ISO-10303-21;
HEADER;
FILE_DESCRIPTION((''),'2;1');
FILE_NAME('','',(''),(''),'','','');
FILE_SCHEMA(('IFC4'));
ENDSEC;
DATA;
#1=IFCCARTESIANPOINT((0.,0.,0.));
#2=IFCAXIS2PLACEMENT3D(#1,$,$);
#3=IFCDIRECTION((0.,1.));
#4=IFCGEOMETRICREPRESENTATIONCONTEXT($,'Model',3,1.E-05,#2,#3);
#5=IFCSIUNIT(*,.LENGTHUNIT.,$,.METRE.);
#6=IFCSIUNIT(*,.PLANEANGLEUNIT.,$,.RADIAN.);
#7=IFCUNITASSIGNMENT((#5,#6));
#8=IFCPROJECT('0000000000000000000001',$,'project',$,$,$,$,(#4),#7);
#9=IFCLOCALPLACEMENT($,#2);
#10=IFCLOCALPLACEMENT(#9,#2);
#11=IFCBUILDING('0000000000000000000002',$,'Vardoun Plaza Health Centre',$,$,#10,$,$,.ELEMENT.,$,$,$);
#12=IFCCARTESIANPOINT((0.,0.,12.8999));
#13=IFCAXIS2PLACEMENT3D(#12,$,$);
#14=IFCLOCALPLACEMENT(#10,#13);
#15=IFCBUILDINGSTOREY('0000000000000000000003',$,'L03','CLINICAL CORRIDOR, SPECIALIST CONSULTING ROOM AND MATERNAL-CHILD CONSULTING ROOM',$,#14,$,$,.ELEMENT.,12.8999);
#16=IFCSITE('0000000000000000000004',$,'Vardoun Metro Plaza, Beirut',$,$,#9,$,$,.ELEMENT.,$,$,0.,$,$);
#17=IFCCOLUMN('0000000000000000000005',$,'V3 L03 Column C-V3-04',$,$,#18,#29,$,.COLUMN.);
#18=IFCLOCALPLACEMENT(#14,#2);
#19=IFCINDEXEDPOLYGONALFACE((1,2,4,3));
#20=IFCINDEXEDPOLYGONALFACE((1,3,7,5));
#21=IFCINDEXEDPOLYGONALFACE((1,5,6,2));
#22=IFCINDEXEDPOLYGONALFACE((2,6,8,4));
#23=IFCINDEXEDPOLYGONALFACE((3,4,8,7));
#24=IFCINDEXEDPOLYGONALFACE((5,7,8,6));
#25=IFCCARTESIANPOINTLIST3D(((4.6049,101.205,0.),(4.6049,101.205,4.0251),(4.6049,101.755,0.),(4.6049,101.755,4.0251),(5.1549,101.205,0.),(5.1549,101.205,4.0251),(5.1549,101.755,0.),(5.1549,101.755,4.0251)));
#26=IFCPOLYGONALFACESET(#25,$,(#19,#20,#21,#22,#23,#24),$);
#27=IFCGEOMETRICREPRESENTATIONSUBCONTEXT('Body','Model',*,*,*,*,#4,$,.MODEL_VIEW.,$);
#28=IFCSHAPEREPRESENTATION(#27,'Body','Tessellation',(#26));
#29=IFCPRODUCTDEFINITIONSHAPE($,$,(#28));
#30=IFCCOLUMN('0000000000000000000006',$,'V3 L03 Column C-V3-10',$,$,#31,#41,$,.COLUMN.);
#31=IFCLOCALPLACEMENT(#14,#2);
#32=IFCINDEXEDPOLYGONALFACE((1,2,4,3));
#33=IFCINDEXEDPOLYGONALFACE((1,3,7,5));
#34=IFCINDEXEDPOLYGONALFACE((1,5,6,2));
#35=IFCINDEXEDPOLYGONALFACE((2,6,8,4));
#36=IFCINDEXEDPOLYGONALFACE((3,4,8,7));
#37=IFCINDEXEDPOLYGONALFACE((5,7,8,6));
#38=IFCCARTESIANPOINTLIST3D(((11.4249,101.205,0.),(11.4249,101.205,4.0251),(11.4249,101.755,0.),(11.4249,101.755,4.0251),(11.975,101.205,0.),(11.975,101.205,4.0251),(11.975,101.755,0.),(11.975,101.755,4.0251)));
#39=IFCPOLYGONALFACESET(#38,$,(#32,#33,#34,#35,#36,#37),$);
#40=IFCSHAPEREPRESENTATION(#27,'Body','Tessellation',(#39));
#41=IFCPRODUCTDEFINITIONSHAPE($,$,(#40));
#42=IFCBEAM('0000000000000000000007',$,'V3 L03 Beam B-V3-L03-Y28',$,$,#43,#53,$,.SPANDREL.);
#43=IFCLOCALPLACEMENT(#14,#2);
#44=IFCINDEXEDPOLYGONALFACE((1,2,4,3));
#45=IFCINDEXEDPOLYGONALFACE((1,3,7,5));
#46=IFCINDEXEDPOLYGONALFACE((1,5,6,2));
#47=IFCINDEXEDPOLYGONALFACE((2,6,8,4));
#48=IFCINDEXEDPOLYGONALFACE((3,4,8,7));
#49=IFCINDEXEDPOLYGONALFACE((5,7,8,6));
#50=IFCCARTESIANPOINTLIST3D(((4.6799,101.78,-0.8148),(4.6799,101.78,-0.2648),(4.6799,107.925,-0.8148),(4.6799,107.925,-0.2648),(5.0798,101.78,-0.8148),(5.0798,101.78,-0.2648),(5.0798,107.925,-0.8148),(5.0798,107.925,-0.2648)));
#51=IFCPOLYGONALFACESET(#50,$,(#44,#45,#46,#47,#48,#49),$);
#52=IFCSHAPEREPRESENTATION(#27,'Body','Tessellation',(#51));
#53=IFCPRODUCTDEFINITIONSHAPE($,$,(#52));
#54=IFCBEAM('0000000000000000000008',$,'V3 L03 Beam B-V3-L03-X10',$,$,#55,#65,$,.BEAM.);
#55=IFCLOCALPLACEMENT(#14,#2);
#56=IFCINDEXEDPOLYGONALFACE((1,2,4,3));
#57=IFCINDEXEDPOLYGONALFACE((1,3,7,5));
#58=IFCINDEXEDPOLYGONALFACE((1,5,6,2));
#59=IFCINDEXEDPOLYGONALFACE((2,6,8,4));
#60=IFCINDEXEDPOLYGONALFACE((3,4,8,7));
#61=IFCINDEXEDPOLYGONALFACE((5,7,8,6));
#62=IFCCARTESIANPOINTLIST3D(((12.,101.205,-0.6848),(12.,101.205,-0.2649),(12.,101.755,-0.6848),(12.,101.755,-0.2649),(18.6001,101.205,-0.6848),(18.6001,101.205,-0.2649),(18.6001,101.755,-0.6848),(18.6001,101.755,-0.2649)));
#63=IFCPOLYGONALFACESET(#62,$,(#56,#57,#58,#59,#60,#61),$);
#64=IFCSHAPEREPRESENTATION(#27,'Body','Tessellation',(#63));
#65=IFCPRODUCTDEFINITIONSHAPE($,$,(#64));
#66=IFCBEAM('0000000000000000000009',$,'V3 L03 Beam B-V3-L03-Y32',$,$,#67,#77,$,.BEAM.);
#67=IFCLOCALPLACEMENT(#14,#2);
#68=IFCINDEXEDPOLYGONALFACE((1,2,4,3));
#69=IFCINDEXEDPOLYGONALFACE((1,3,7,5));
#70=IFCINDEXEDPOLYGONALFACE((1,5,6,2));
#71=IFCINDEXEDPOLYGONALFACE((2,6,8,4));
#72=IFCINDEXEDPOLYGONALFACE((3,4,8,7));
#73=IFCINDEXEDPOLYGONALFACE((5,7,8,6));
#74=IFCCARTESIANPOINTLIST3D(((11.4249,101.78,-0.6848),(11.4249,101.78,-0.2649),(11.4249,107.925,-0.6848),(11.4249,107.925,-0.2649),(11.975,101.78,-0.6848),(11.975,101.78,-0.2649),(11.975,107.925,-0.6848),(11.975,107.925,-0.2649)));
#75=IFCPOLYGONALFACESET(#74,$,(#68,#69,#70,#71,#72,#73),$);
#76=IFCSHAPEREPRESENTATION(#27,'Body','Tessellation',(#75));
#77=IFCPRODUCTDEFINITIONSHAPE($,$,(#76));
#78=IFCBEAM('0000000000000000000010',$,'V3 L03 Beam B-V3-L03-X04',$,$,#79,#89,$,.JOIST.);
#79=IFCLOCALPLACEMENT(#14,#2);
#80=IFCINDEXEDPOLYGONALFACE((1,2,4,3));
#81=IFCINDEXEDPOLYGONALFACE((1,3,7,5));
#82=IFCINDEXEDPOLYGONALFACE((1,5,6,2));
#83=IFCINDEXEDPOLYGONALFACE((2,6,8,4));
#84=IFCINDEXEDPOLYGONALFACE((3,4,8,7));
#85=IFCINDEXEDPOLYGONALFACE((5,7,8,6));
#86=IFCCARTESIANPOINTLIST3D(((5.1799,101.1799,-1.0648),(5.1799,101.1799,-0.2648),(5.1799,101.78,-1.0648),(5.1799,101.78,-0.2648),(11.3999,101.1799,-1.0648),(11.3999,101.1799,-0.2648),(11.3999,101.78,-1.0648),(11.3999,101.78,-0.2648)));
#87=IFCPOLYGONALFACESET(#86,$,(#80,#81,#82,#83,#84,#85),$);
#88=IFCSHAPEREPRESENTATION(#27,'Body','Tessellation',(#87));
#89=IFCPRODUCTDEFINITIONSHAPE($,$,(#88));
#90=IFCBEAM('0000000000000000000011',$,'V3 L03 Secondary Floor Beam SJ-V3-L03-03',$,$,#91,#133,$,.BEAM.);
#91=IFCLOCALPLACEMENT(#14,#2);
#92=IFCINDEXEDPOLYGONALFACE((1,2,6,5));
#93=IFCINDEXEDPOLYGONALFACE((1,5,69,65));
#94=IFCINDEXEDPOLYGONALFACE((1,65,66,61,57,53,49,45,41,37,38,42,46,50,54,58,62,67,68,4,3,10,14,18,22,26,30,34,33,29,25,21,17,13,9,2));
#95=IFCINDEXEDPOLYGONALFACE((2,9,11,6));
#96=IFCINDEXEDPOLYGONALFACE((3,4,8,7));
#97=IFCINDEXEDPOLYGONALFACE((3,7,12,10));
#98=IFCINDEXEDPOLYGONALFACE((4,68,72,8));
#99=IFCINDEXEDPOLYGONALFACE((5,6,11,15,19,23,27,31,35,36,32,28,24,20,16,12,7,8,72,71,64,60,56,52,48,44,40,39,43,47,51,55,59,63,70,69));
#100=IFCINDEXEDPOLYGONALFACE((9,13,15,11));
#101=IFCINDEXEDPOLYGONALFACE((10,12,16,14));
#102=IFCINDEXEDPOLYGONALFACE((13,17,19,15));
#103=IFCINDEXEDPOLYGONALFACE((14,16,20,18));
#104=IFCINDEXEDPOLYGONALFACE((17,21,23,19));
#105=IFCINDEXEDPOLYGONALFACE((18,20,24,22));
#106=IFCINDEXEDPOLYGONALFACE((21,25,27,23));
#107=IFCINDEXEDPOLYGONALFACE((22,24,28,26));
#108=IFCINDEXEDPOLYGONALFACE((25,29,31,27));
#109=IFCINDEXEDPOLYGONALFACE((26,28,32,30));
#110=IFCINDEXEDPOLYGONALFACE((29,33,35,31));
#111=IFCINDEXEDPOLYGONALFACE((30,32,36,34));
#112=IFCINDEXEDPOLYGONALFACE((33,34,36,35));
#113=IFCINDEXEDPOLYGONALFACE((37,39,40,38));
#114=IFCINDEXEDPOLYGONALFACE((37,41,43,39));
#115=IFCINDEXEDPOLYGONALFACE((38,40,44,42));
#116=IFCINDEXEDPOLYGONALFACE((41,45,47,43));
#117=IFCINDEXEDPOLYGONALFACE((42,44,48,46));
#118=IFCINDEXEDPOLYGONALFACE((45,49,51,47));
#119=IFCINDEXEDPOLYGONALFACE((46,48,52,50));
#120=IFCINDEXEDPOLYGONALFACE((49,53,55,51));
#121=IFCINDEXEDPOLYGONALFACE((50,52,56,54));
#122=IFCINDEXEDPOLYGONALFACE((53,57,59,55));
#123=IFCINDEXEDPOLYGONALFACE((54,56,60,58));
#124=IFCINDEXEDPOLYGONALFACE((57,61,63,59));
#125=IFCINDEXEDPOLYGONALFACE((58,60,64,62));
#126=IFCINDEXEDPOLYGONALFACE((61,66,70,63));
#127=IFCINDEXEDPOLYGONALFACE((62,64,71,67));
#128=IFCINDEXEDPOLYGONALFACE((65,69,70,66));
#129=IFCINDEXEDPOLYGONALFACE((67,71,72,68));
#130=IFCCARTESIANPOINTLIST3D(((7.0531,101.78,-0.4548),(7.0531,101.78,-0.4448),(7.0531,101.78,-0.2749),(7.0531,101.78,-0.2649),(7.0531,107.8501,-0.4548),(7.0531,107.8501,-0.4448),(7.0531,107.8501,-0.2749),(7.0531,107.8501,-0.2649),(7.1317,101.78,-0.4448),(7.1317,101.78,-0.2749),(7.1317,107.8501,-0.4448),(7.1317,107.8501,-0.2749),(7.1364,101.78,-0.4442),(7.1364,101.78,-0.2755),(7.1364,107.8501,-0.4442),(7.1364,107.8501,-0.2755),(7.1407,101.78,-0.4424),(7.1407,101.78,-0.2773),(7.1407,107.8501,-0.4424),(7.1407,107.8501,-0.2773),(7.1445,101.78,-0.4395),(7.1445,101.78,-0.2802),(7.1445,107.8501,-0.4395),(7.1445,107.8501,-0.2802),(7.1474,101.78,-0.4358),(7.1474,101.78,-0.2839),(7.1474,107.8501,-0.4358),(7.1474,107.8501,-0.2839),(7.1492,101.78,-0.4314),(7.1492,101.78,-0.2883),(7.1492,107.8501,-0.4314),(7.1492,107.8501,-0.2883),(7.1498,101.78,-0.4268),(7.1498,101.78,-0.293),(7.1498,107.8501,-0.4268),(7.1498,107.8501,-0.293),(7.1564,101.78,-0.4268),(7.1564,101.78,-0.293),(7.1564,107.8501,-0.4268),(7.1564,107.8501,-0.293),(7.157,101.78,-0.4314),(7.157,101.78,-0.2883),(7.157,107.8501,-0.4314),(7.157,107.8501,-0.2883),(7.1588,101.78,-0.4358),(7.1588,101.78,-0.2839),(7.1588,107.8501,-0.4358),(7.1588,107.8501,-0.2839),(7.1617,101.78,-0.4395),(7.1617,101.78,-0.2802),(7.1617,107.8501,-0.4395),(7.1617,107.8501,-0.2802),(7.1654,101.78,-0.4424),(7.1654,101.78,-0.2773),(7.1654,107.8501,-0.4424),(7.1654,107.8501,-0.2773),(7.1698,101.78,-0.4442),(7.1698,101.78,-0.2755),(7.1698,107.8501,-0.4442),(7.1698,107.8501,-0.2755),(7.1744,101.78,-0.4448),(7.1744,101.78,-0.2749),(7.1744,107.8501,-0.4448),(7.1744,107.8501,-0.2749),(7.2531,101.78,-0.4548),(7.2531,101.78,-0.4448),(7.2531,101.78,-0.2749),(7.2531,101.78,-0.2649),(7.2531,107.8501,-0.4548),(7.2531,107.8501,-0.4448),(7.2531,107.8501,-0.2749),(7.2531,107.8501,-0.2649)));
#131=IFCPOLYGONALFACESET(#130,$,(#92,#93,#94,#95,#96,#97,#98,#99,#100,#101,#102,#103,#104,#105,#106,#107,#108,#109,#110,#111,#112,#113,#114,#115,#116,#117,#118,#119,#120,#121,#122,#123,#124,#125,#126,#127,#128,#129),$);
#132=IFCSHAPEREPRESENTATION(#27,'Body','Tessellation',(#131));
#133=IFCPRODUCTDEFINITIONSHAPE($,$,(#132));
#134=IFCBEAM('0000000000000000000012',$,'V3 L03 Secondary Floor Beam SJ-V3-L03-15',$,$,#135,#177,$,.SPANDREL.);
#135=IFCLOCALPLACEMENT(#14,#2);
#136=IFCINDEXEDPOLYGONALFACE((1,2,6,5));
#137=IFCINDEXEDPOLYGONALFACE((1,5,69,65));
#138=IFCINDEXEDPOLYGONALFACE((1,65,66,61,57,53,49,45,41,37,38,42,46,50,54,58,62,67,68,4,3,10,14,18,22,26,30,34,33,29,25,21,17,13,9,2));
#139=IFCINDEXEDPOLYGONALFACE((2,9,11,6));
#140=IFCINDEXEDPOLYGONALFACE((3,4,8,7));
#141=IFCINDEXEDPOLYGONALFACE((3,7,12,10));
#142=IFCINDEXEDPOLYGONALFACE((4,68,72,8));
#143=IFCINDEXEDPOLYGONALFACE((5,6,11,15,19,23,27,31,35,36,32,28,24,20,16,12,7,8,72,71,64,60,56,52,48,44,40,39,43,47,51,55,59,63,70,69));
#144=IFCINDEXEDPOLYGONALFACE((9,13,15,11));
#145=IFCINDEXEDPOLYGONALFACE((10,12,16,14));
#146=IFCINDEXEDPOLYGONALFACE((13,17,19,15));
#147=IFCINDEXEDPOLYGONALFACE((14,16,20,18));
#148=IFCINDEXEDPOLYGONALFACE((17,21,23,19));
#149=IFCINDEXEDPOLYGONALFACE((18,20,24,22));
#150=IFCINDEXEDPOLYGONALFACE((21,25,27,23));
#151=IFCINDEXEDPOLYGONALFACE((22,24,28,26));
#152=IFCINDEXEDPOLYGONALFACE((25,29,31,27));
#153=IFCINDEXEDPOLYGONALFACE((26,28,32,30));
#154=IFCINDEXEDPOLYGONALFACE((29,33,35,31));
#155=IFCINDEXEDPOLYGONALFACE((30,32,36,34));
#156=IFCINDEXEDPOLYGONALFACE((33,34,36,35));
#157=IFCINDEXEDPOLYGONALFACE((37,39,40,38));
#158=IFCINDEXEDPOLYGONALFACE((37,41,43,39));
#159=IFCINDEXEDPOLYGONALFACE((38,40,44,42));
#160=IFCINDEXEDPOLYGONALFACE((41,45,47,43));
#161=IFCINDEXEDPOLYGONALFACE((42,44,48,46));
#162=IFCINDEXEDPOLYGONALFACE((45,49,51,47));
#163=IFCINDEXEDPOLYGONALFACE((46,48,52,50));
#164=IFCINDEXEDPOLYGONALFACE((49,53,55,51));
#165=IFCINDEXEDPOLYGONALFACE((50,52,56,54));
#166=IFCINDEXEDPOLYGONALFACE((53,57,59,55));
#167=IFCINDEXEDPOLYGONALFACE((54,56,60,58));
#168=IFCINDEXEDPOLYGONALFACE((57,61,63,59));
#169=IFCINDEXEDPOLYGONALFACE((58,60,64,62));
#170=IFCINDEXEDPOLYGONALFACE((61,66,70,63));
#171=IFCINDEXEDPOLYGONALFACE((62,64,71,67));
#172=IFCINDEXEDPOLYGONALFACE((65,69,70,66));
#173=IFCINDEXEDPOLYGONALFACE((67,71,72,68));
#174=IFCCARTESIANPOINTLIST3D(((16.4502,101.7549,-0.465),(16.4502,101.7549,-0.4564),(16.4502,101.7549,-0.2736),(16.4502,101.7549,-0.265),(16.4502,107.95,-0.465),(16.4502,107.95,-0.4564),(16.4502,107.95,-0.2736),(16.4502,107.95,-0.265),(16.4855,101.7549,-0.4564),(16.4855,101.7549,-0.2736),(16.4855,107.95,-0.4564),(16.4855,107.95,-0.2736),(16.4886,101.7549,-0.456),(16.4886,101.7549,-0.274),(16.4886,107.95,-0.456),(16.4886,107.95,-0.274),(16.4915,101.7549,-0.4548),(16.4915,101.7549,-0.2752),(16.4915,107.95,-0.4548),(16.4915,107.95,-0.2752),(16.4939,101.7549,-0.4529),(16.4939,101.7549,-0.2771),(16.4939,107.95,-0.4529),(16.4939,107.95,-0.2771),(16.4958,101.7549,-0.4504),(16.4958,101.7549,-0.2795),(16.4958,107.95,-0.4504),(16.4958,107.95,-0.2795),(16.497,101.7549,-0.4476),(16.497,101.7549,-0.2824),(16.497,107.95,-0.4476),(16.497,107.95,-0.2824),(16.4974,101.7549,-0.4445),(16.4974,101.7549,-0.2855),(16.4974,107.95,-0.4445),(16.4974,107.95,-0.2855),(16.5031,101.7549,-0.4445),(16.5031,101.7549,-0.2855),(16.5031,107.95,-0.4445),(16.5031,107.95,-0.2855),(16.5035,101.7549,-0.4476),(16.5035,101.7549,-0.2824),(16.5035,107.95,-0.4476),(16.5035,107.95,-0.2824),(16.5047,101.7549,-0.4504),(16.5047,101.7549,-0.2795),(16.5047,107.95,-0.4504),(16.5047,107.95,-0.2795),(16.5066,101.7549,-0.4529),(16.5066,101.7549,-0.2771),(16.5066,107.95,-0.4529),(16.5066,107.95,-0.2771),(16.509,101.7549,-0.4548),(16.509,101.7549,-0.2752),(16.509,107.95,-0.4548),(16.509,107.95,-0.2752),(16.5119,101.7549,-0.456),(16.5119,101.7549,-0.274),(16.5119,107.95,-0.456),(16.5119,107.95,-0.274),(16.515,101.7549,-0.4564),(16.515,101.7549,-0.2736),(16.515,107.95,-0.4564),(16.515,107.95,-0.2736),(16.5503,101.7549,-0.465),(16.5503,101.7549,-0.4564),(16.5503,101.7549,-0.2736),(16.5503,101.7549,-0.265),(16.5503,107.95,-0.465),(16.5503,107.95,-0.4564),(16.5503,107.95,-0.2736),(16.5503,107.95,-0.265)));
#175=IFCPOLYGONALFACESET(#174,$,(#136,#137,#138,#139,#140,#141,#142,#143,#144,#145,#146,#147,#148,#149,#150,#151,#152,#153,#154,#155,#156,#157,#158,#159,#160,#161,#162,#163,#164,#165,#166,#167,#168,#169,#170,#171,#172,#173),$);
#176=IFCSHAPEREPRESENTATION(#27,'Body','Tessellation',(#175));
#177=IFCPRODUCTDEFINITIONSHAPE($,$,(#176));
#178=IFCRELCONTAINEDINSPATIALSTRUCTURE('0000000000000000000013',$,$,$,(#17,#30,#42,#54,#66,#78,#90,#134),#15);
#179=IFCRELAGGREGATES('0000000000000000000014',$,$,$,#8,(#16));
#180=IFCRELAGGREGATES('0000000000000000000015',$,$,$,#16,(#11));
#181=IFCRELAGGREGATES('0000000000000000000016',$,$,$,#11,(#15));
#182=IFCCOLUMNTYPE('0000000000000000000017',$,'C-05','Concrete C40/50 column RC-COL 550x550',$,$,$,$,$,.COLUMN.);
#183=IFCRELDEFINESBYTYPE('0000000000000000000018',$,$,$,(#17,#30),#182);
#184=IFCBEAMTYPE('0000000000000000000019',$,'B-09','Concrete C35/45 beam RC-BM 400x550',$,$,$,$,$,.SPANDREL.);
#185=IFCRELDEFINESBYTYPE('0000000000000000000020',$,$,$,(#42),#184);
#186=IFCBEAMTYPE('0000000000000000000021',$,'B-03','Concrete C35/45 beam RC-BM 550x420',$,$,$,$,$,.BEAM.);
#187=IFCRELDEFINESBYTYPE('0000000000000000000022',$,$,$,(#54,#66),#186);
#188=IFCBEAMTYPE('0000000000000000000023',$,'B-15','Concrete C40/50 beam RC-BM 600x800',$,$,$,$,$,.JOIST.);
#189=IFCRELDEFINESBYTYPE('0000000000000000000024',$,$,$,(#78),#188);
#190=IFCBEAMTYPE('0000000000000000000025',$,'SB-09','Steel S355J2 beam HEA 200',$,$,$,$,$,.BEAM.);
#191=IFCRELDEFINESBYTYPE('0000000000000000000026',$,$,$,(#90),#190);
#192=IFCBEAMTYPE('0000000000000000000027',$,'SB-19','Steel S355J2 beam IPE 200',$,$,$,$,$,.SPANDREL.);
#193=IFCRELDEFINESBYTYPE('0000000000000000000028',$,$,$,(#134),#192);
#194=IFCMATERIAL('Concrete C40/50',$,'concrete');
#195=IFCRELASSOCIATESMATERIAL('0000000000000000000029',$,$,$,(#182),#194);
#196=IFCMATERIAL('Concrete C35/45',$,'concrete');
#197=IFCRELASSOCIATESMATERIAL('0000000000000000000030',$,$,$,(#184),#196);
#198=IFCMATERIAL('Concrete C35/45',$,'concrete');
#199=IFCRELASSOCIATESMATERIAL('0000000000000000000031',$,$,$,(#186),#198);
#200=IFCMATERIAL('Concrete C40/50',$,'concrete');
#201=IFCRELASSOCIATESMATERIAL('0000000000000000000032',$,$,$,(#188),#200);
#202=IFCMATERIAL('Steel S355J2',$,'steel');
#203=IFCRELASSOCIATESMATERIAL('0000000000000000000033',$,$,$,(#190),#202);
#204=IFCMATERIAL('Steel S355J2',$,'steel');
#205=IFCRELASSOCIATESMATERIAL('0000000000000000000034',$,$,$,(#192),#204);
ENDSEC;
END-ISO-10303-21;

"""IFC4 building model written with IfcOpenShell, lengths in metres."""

from ifc_helpers import new_model, si_unit, direction, frame, origin, origin_2d, place, context, subcontext, project, spatial, rectangle, i_section, extrude, material, material_profile, profile_set, type_object, element, save


model = new_model("IFC4")

# Units and contexts
model_context = context("Model", 3, precision=1e-05, world=origin(), true_north=direction((0.0, 1.0)))
body_context = subcontext(model_context, "Body", "Model", "MODEL_VIEW")
ifc_project = project(units=[si_unit("LENGTHUNIT", "METRE"), si_unit("PLANEANGLEUNIT", "RADIAN")], contexts=[model_context])

# Site, building, storey
site_placement = place(None, origin())
site = spatial("IfcSite", under=ifc_project, at=site_placement, Name="Vardoun Metro Plaza, Beirut", CompositionType="ELEMENT", RefElevation=0.0)
building_placement = place(site_placement, origin())
building = spatial("IfcBuilding", under=site, at=building_placement, Name="Vardoun Plaza Health Centre", CompositionType="ELEMENT")
storey_placement = place(building_placement, frame((0.0, 0.0, 12.8999)))
storey = spatial("IfcBuildingStorey", under=building, at=storey_placement, Name="L03", Description="CLINICAL CORRIDOR, SPECIALIST CONSULTING ROOM AND MATERNAL-CHILD CONSULTING ROOM", CompositionType="ELEMENT", Elevation=12.8999)

# Columns
ifc_material_1 = material(Name="Concrete C40/50", Category="concrete")
ifc_material_profile_1 = material_profile(ifc_material_1, rectangle(XDim=0.55, YDim=0.55, at=origin_2d()), Name="RC-COL 550x550")
ifc_profile_set_1 = profile_set([ifc_material_profile_1], Name="Concrete C40/50")
column_type = type_object("IfcColumnType", Name="C-05", Description="Concrete C40/50 column RC-COL 550x550", PredefinedType="COLUMN", material=ifc_profile_set_1)
for number, where, z_axis, x_axis, name in (
    (1, (4.8799, 101.48, 0.0), (0.0, 0.0, 1.0), (1.0, 0.0, 0.0), "V3 L03 Column C-V3-04"),
    (2, (11.7, 101.48, 0.0), (0.0, 0.0, 1.0), (1.0, 0.0, 0.0), "V3 L03 Column C-V3-10"),
):
    element("IfcColumn", number, at=place(storey_placement, frame(where, z_axis=z_axis, x_axis=x_axis)), inside=storey, type_object=column_type, Name=name, PredefinedType="COLUMN", context=body_context, shape_type="SweptSolid", body=[
        extrude(rectangle(XDim=0.55, YDim=0.55, at=origin_2d()), origin(), (0.0, 0.0, 1.0), 4.0251),
    ])

# Beams
ifc_material_2 = material(Name="Concrete C35/45", Category="concrete")
ifc_material_profile_2 = material_profile(ifc_material_2, rectangle(XDim=0.3999, YDim=0.55, at=origin_2d()), Name="RC-BM 400x550")
ifc_profile_set_2 = profile_set([ifc_material_profile_2], Name="Concrete C35/45")
beam_type_1 = type_object("IfcBeamType", Name="B-09", Description="Concrete C35/45 beam RC-BM 400x550", PredefinedType="SPANDREL", material=ifc_profile_set_2)
beam_1_placement = place(storey_placement, frame((4.8799, 101.78, -0.5398), z_axis=(0.0, 1.0, 0.0), x_axis=(-1.0, 0.0, 0.0)))
element("IfcBeam", 3, at=beam_1_placement, inside=storey, type_object=beam_type_1, Name="V3 L03 Beam B-V3-L03-Y28", PredefinedType="SPANDREL", context=body_context, shape_type="SweptSolid", body=[
    extrude(rectangle(XDim=0.3999, YDim=0.55, at=origin_2d()), origin(), (0.0, 0.0, 1.0), 6.145),
])
ifc_material_3 = material(Name="Concrete C35/45", Category="concrete")
ifc_material_profile_3 = material_profile(ifc_material_3, rectangle(XDim=0.55, YDim=0.4199, at=origin_2d()), Name="RC-BM 550x420")
ifc_profile_set_3 = profile_set([ifc_material_profile_3], Name="Concrete C35/45")
beam_type_2 = type_object("IfcBeamType", Name="B-03", Description="Concrete C35/45 beam RC-BM 550x420", PredefinedType="BEAM", material=ifc_profile_set_3)
beam_2_placement = place(storey_placement, frame((12.0, 101.48, -0.4749), z_axis=(1.0, 0.0, 0.0), x_axis=(0.0, 1.0, 0.0)))
element("IfcBeam", 4, at=beam_2_placement, inside=storey, type_object=beam_type_2, Name="V3 L03 Beam B-V3-L03-X10", PredefinedType="BEAM", context=body_context, shape_type="SweptSolid", body=[
    extrude(rectangle(XDim=0.55, YDim=0.4199, at=origin_2d()), origin(), (0.0, 0.0, 1.0), 6.6001),
])
beam_3_placement = place(storey_placement, frame((11.7, 101.78, -0.4749), z_axis=(0.0, 1.0, 0.0), x_axis=(-1.0, 0.0, 0.0)))
element("IfcBeam", 5, at=beam_3_placement, inside=storey, type_object=beam_type_2, Name="V3 L03 Beam B-V3-L03-Y32", PredefinedType="BEAM", context=body_context, shape_type="SweptSolid", body=[
    extrude(rectangle(XDim=0.55, YDim=0.4199, at=origin_2d()), origin(), (0.0, 0.0, 1.0), 6.145),
])
ifc_material_4 = material(Name="Concrete C40/50", Category="concrete")
ifc_material_profile_4 = material_profile(ifc_material_4, rectangle(XDim=0.6001, YDim=0.8, at=origin_2d()), Name="RC-BM 600x800")
ifc_profile_set_4 = profile_set([ifc_material_profile_4], Name="Concrete C40/50")
beam_type_3 = type_object("IfcBeamType", Name="B-15", Description="Concrete C40/50 beam RC-BM 600x800", PredefinedType="JOIST", material=ifc_profile_set_4)
beam_4_placement = place(storey_placement, frame((5.1799, 101.48, -0.6648), z_axis=(1.0, 0.0, 0.0), x_axis=(0.0, 1.0, 0.0)))
element("IfcBeam", 6, at=beam_4_placement, inside=storey, type_object=beam_type_3, Name="V3 L03 Beam B-V3-L03-X04", PredefinedType="JOIST", context=body_context, shape_type="SweptSolid", body=[
    extrude(rectangle(XDim=0.6001, YDim=0.8, at=origin_2d()), origin(), (0.0, 0.0, 1.0), 6.22),
])
ifc_material_5 = material(Name="Steel S355J2", Category="steel")
ifc_material_profile_5 = material_profile(ifc_material_5, i_section(OverallWidth=0.2, OverallDepth=0.1899, WebThickness=0.0066, FlangeThickness=0.01, FilletRadius=0.0181, at=origin_2d()), Name="HEA 200")
ifc_profile_set_5 = profile_set([ifc_material_profile_5], Name="Steel S355J2")
beam_type_4 = type_object("IfcBeamType", Name="SB-09", Description="Steel S355J2 beam HEA 200", PredefinedType="BEAM", material=ifc_profile_set_5)
beam_5_placement = place(storey_placement, frame((7.1531, 101.78, -0.3599), z_axis=(0.0, 1.0, 0.0), x_axis=(-1.0, 0.0, 0.0)))
element("IfcBeam", 7, at=beam_5_placement, inside=storey, type_object=beam_type_4, Name="V3 L03 Secondary Floor Beam SJ-V3-L03-03", PredefinedType="BEAM", context=body_context, shape_type="SweptSolid", body=[
    extrude(i_section(OverallWidth=0.2, OverallDepth=0.1899, WebThickness=0.0066, FlangeThickness=0.01, FilletRadius=0.0181, at=origin_2d()), origin(), (0.0, 0.0, 1.0), 6.0701),
])
ifc_material_6 = material(Name="Steel S355J2", Category="steel")
ifc_material_profile_6 = material_profile(ifc_material_6, i_section(OverallWidth=0.1001, OverallDepth=0.2, WebThickness=0.0056, FlangeThickness=0.0085, FilletRadius=0.012, at=origin_2d()), Name="IPE 200")
ifc_profile_set_6 = profile_set([ifc_material_profile_6], Name="Steel S355J2")
beam_type_5 = type_object("IfcBeamType", Name="SB-19", Description="Steel S355J2 beam IPE 200", PredefinedType="SPANDREL", material=ifc_profile_set_6)
beam_6_placement = place(storey_placement, frame((16.5002, 101.7549, -0.365), z_axis=(0.0, 1.0, 0.0), x_axis=(-1.0, 0.0, 0.0)))
element("IfcBeam", 8, at=beam_6_placement, inside=storey, type_object=beam_type_5, Name="V3 L03 Secondary Floor Beam SJ-V3-L03-15", PredefinedType="SPANDREL", context=body_context, shape_type="SweptSolid", body=[
    extrude(i_section(OverallWidth=0.1001, OverallDepth=0.2, WebThickness=0.0056, FlangeThickness=0.0085, FilletRadius=0.012, at=origin_2d()), origin(), (0.0, 0.0, 1.0), 6.1951),
])

save(model, "model.ifc")
